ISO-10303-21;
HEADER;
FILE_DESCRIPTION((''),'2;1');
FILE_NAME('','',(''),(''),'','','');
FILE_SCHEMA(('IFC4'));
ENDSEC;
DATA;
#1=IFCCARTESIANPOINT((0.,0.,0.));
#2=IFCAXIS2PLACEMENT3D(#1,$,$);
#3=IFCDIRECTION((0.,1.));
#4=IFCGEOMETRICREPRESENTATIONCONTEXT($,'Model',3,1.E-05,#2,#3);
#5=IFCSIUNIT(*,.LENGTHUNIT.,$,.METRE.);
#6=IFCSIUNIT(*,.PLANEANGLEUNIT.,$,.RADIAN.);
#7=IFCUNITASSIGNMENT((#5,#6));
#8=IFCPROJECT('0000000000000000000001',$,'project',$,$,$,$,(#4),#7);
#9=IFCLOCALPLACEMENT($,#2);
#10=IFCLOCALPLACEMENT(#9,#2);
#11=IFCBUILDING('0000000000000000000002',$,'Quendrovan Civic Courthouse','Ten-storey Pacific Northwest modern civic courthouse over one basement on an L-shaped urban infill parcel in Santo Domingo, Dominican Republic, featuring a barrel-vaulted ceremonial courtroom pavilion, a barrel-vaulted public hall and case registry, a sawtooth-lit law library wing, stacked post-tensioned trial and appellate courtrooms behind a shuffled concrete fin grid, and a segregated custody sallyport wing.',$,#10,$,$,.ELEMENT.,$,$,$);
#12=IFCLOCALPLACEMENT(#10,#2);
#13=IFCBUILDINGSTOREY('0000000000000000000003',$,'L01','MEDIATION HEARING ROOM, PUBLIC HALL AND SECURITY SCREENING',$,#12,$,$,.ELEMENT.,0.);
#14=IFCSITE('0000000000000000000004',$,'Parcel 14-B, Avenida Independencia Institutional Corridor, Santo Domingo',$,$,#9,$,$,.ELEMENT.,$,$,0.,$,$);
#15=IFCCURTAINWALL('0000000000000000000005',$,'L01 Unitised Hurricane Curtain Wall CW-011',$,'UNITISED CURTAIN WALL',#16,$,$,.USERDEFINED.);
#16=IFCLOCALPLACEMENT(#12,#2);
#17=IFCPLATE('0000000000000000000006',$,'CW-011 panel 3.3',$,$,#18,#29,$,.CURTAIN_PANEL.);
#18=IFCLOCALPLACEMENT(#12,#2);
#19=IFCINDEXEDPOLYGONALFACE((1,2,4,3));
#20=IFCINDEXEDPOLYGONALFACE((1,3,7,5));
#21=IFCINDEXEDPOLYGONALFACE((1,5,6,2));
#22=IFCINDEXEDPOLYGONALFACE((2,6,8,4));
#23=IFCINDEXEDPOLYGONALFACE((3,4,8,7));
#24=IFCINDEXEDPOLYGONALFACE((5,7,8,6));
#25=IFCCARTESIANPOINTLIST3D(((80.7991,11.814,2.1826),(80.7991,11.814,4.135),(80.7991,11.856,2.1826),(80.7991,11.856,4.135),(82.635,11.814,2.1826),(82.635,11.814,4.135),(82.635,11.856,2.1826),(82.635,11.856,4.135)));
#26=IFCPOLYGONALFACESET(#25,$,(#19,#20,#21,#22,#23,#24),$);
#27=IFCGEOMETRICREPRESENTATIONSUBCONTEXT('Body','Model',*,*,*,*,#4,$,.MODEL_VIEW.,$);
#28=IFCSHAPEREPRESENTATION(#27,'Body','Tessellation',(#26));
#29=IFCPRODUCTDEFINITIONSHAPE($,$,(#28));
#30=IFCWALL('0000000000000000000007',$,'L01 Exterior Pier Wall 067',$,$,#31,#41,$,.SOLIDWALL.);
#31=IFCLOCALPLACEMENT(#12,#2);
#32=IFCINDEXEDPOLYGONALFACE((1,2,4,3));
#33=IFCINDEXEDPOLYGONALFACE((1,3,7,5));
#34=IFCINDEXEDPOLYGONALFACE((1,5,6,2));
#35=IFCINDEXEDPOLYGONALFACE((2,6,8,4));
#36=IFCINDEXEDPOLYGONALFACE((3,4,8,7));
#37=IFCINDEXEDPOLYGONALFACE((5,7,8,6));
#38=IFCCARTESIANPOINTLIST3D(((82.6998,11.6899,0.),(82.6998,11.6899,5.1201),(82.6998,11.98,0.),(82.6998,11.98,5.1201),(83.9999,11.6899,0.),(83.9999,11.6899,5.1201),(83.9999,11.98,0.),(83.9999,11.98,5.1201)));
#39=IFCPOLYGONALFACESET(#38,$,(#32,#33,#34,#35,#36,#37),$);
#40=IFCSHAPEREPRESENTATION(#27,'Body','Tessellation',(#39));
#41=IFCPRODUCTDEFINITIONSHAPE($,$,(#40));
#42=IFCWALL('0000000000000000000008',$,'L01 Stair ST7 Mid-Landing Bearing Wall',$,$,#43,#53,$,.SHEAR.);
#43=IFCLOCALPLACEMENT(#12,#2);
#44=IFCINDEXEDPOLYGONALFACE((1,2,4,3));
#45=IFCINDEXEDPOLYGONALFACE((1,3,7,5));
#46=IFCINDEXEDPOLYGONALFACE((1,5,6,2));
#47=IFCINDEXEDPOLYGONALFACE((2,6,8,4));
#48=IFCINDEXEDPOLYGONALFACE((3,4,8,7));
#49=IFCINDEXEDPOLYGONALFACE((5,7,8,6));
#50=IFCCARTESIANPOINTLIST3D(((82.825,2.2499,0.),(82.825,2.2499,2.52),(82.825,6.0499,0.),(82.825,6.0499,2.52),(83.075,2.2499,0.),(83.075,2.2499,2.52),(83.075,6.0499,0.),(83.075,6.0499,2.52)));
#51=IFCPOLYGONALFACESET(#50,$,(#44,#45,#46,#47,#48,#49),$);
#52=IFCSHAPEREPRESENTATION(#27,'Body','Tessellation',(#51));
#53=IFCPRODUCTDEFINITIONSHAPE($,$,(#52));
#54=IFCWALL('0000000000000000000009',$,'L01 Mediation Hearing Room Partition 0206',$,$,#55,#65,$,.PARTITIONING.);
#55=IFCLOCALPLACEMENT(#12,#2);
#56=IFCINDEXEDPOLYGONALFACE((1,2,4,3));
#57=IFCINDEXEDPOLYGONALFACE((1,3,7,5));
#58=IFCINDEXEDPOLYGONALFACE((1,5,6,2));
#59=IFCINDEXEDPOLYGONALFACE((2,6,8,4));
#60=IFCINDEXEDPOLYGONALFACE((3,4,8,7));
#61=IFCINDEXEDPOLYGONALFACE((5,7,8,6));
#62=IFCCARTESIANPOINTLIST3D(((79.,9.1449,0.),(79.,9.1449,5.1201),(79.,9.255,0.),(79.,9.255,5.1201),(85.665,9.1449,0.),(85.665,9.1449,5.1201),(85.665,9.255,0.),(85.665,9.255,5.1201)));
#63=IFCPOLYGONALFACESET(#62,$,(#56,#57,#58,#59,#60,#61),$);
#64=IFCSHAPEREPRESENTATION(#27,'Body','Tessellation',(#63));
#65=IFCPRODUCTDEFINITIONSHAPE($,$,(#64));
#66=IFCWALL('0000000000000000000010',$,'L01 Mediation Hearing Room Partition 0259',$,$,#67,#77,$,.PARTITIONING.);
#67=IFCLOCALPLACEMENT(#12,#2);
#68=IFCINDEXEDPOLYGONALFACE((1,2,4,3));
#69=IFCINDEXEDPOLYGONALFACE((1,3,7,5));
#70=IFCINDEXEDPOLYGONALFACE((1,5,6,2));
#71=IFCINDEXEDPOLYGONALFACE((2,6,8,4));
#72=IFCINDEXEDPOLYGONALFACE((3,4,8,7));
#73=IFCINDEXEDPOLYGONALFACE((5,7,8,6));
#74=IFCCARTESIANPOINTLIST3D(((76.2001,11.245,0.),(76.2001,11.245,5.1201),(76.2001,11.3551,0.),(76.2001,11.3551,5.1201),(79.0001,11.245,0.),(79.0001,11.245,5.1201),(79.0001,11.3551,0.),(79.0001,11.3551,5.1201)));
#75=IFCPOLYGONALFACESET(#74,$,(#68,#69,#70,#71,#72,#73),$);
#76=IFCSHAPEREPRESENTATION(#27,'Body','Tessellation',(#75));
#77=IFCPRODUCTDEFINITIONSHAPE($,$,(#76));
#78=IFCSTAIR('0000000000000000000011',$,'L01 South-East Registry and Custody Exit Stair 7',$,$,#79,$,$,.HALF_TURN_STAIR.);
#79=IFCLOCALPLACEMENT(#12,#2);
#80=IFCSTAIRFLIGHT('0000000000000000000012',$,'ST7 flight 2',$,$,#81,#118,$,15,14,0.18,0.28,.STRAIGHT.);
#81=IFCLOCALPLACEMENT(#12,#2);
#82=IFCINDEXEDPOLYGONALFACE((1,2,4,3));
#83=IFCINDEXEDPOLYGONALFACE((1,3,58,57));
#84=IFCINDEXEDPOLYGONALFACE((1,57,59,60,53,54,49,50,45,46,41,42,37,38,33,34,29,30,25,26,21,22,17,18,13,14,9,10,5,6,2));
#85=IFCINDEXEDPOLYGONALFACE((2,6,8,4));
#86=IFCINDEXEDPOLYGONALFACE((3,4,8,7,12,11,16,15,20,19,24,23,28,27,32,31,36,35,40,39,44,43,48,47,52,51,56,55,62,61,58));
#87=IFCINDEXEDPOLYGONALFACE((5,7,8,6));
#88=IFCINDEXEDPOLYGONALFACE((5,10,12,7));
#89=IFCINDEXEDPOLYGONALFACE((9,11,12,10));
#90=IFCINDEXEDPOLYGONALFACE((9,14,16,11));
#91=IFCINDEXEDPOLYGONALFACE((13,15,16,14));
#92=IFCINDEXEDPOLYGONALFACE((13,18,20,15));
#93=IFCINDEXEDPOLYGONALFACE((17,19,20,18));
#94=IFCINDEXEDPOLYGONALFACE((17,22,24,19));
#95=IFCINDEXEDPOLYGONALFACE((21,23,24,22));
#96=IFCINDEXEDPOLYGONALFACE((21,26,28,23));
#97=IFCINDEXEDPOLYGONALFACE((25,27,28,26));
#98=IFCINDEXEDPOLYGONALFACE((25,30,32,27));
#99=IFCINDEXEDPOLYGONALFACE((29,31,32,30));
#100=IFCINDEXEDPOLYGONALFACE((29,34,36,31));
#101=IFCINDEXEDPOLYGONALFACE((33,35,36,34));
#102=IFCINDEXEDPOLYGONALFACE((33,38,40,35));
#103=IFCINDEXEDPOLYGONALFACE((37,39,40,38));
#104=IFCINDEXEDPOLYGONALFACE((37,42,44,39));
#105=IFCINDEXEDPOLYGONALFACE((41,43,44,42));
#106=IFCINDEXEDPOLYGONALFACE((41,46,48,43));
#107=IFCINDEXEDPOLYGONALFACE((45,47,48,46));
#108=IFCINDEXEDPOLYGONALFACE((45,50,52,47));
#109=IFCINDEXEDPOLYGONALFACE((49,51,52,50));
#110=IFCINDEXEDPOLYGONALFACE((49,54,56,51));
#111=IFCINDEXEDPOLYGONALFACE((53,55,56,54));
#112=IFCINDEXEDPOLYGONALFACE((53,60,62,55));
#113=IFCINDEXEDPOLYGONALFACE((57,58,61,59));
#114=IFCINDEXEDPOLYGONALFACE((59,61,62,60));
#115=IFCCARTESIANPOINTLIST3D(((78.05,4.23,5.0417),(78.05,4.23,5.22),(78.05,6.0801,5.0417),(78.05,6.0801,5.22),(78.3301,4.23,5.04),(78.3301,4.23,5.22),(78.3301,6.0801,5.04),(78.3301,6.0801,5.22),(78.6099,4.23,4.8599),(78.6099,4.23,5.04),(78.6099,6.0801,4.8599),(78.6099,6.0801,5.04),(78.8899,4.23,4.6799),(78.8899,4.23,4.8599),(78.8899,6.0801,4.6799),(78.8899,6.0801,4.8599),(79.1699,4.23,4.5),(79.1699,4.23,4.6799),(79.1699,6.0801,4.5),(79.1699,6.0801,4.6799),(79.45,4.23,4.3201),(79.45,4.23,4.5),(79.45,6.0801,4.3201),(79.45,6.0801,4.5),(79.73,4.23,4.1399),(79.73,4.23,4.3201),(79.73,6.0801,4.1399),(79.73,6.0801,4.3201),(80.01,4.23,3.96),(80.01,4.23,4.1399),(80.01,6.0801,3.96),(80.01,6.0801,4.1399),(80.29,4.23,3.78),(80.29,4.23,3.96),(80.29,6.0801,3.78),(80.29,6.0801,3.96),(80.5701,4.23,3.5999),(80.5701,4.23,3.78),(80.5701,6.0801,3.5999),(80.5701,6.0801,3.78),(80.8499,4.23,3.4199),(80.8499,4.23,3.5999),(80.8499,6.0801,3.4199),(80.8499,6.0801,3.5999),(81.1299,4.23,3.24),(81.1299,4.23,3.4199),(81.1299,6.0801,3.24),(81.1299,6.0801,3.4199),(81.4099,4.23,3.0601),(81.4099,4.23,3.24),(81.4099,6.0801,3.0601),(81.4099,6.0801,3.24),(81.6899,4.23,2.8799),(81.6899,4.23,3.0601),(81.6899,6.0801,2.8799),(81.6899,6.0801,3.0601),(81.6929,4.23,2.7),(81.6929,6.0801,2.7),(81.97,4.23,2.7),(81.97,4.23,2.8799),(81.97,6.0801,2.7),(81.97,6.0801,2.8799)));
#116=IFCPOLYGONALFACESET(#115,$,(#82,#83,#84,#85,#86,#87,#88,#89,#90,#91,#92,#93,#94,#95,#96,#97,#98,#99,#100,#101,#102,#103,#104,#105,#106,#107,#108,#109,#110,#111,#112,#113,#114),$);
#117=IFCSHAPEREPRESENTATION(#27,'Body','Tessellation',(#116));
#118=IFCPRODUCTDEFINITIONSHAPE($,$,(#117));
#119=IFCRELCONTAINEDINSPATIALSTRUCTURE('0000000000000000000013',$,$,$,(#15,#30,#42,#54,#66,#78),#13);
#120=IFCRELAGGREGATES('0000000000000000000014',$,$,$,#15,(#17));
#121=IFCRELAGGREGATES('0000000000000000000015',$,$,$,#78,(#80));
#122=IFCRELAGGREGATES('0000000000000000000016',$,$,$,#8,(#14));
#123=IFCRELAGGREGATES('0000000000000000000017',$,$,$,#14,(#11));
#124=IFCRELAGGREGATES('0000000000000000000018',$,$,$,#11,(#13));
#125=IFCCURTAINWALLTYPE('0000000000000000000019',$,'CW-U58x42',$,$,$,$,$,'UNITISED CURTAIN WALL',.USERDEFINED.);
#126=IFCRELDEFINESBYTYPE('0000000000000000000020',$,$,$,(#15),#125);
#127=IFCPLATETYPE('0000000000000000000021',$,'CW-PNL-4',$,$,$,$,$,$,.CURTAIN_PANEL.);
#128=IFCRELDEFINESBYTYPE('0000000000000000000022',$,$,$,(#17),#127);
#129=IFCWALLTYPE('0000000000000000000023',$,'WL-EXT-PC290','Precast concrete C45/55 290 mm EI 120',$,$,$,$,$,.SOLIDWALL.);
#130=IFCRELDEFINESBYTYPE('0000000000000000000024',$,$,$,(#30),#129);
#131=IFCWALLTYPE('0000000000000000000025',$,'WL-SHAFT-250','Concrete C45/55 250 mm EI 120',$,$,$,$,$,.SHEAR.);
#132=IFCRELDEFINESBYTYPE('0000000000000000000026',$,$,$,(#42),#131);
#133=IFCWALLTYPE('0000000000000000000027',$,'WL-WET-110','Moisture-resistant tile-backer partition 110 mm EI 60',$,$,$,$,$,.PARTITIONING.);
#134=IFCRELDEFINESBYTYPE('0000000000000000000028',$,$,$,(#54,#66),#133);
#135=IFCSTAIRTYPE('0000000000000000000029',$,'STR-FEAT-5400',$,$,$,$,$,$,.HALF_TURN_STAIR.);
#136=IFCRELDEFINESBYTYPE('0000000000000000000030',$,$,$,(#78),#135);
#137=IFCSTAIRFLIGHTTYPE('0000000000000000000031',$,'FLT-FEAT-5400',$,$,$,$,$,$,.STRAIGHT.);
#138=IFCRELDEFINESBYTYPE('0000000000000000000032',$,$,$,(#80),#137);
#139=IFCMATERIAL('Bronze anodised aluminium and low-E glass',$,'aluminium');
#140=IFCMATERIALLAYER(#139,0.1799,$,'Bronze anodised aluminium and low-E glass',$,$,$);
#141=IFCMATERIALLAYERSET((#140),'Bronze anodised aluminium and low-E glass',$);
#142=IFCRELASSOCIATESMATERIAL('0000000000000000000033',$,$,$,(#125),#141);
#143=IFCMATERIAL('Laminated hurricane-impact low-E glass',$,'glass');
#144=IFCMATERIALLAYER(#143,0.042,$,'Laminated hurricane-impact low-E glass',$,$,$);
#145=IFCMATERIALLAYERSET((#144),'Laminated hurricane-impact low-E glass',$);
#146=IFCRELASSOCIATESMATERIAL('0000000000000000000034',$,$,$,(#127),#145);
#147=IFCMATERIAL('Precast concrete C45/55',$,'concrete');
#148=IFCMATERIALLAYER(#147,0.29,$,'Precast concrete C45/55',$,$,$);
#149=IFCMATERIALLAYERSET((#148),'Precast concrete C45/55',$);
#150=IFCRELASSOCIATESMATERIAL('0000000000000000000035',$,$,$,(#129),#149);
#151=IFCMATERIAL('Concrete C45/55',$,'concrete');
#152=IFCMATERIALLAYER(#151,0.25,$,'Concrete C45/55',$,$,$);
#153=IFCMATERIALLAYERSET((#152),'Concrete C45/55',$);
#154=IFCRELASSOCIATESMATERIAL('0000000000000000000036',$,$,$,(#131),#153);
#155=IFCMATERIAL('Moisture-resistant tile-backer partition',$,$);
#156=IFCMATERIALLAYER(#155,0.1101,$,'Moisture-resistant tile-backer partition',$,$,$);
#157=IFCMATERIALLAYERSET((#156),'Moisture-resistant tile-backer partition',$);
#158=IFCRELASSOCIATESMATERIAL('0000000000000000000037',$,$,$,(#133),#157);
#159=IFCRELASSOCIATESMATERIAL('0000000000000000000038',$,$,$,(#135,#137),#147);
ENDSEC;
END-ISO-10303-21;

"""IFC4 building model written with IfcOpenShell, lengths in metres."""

from ifc_helpers import new_model, si_unit, direction, frame, frame_2d, origin, origin_2d, place, context, subcontext, project, spatial, polyline, rectangle, outline, extrude, material, layer, layer_set, type_object, element, aggregate, save


model = new_model("IFC4")

# Units and contexts
model_context = context("Model", 3, precision=1e-05, world=origin(), true_north=direction((0.0, 1.0)))
body_context = subcontext(model_context, "Body", "Model", "MODEL_VIEW")
ifc_project = project(units=[si_unit("LENGTHUNIT", "METRE"), si_unit("PLANEANGLEUNIT", "RADIAN")], contexts=[model_context])

# Site, building, storey
site_placement = place(None, origin())
site = spatial("IfcSite", under=ifc_project, at=site_placement, Name="Parcel 14-B, Avenida Independencia Institutional Corridor, Santo Domingo", CompositionType="ELEMENT", RefElevation=0.0)
building_placement = place(site_placement, origin())
building = spatial("IfcBuilding", under=site, at=building_placement, Name="Quendrovan Civic Courthouse", Description="Ten-storey Pacific Northwest modern civic courthouse over one basement on an L-shaped urban infill parcel in Santo Domingo, Dominican Republic, featuring a barrel-vaulted ceremonial courtroom pavilion, a barrel-vaulted public hall and case registry, a sawtooth-lit law library wing, stacked post-tensioned trial and appellate courtrooms behind a shuffled concrete fin grid, and a segregated custody sallyport wing.", CompositionType="ELEMENT")
storey_placement = place(building_placement, origin())
storey = spatial("IfcBuildingStorey", under=building, at=storey_placement, Name="L01", Description="MEDIATION HEARING ROOM, PUBLIC HALL AND SECURITY SCREENING", CompositionType="ELEMENT", Elevation=0.0)

# Curtain wall, plate
ifc_material_1 = material(Name="Bronze anodised aluminium and low-E glass", Category="aluminium")
ifc_layer_1 = layer(ifc_material_1, 0.1799, Name="Bronze anodised aluminium and low-E glass")
ifc_layer_set_1 = layer_set([ifc_layer_1], Name="Bronze anodised aluminium and low-E glass")
curtain_wall_type = type_object("IfcCurtainWallType", Name="CW-U58x42", ElementType="UNITISED CURTAIN WALL", PredefinedType="USERDEFINED", material=ifc_layer_set_1)
curtain_wall_placement = place(storey_placement, origin())
curtain_wall = element("IfcCurtainWall", 1, at=curtain_wall_placement, inside=storey, type_object=curtain_wall_type, Name="L01 Unitised Hurricane Curtain Wall CW-011", ObjectType="UNITISED CURTAIN WALL", PredefinedType="USERDEFINED")
ifc_material_2 = material(Name="Laminated hurricane-impact low-E glass", Category="glass")
ifc_layer_2 = layer(ifc_material_2, 0.042, Name="Laminated hurricane-impact low-E glass")
ifc_layer_set_2 = layer_set([ifc_layer_2], Name="Laminated hurricane-impact low-E glass")
plate_type = type_object("IfcPlateType", Name="CW-PNL-4", PredefinedType="CURTAIN_PANEL", material=ifc_layer_set_2)
plate_1_placement = place(storey_placement, frame((81.717, 11.835, 2.1826), z_axis=(0.0, 0.0, 1.0), x_axis=(1.0, 0.0, 0.0)))
plate_1 = element("IfcPlate", 2, at=plate_1_placement, type_object=plate_type, Name="CW-011 panel 3.3", PredefinedType="CURTAIN_PANEL", context=body_context, shape_type="SweptSolid", body=[
    extrude(rectangle(XDim=1.8359, YDim=0.042, at=origin_2d()), origin(), (0.0, 0.0, 1.0), 1.9524),
])
aggregate(curtain_wall, [plate_1])

# Walls
ifc_material_3 = material(Name="Precast concrete C45/55", Category="concrete")
ifc_layer_3 = layer(ifc_material_3, 0.29, Name="Precast concrete C45/55")
ifc_layer_set_3 = layer_set([ifc_layer_3], Name="Precast concrete C45/55")
wall_type_1 = type_object("IfcWallType", Name="WL-EXT-PC290", Description="Precast concrete C45/55 290 mm EI 120", PredefinedType="SOLIDWALL", material=ifc_layer_set_3)
wall_1_placement = place(storey_placement, frame((82.7, 11.835, 0.0), z_axis=(0.0, 0.0, 1.0), x_axis=(1.0, 0.0, 0.0)))
element("IfcWall", 3, at=wall_1_placement, inside=storey, type_object=wall_type_1, Name="L01 Exterior Pier Wall 067", PredefinedType="SOLIDWALL", context=body_context, shape_type="SweptSolid", body=[
    extrude(rectangle(XDim=1.3, YDim=0.29, at=frame_2d((0.6499, 0.0))), origin(), (0.0, 0.0, 1.0), 5.1201),
])
ifc_material_4 = material(Name="Concrete C45/55", Category="concrete")
ifc_layer_4 = layer(ifc_material_4, 0.25, Name="Concrete C45/55")
ifc_layer_set_4 = layer_set([ifc_layer_4], Name="Concrete C45/55")
wall_type_2 = type_object("IfcWallType", Name="WL-SHAFT-250", Description="Concrete C45/55 250 mm EI 120", PredefinedType="SHEAR", material=ifc_layer_set_4)
wall_2_placement = place(storey_placement, frame((82.95, 2.25, 0.0), z_axis=(0.0, 0.0, 1.0), x_axis=(0.0, 1.0, 0.0)))
element("IfcWall", 4, at=wall_2_placement, inside=storey, type_object=wall_type_2, Name="L01 Stair ST7 Mid-Landing Bearing Wall", PredefinedType="SHEAR", context=body_context, shape_type="SweptSolid", body=[
    extrude(rectangle(XDim=3.8, YDim=0.25, at=frame_2d((1.8999, 0.0))), origin(), (0.0, 0.0, 1.0), 2.52),
])
ifc_material_5 = material(Name="Moisture-resistant tile-backer partition")
ifc_layer_5 = layer(ifc_material_5, 0.1101, Name="Moisture-resistant tile-backer partition")
ifc_layer_set_5 = layer_set([ifc_layer_5], Name="Moisture-resistant tile-backer partition")
wall_type_3 = type_object("IfcWallType", Name="WL-WET-110", Description="Moisture-resistant tile-backer partition 110 mm EI 60", PredefinedType="PARTITIONING", material=ifc_layer_set_5)
wall_3_placement = place(storey_placement, frame((79.0, 9.2, 0.0), z_axis=(0.0, 0.0, 1.0), x_axis=(1.0, 0.0, 0.0)))
element("IfcWall", 5, at=wall_3_placement, inside=storey, type_object=wall_type_3, Name="L01 Mediation Hearing Room Partition 0206", PredefinedType="PARTITIONING", context=body_context, shape_type="SweptSolid", body=[
    extrude(rectangle(XDim=6.665, YDim=0.1101, at=frame_2d((3.3325, 0.0))), origin(), (0.0, 0.0, 1.0), 5.1201),
])
wall_4_placement = place(storey_placement, frame((79.0, 11.3, 0.0), z_axis=(0.0, 0.0, 1.0), x_axis=(-1.0, 0.0, 0.0)))
element("IfcWall", 6, at=wall_4_placement, inside=storey, type_object=wall_type_3, Name="L01 Mediation Hearing Room Partition 0259", PredefinedType="PARTITIONING", context=body_context, shape_type="SweptSolid", body=[
    extrude(rectangle(XDim=2.8, YDim=0.1101, at=frame_2d((1.3999, 0.0))), origin(), (0.0, 0.0, 1.0), 5.1201),
])

# Stair, stair flight
stair_type = type_object("IfcStairType", Name="STR-FEAT-5400", PredefinedType="HALF_TURN_STAIR", material=ifc_material_3)
stair_placement = place(storey_placement, origin())
stair = element("IfcStair", 7, at=stair_placement, inside=storey, type_object=stair_type, Name="L01 South-East Registry and Custody Exit Stair 7", PredefinedType="HALF_TURN_STAIR")
stair_flight_type = type_object("IfcStairFlightType", Name="FLT-FEAT-5400", PredefinedType="STRAIGHT", material=ifc_material_3)
stair_flight_placement = place(storey_placement, frame((81.97, 5.155, 2.7), z_axis=(0.0, 0.0, 1.0), x_axis=(-1.0, 0.0, 0.0)))
stair_flight = element("IfcStairFlight", 8, at=stair_flight_placement, type_object=stair_flight_type, Name="ST7 flight 2", NumberOfRisers=15, NumberOfTreads=14, PredefinedType="STRAIGHT", RiserHeight=0.18, TreadLength=0.28, context=body_context, shape_type="SweptSolid", body=[
    extrude(outline(polyline([(0.0, 0.0), (0.0, 0.1799), (0.28, 0.1799), (0.28, 0.3601), (0.5601, 0.3601), (0.5601, 0.54), (0.8401, 0.54), (0.8401, 0.72), (1.1201, 0.72), (1.1201, 0.8999), (1.3999, 0.8999), (1.3999, 1.0801), (1.6799, 1.0801), (1.6799, 1.26), (1.96, 1.26), (1.96, 1.4399), (2.24, 1.4399), (2.24, 1.6201), (2.52, 1.6201), (2.52, 1.8), (2.8, 1.8), (2.8, 1.98), (3.0801, 1.98), (3.0801, 2.1599), (3.3601, 2.1599), (3.3601, 2.3401), (3.6399, 2.3401), (3.6399, 2.52), (3.9199, 2.52), (3.9199, 2.7), (3.9199, 2.3418), (0.2771, 0.0), (0.0, 0.0)])), frame((0.0, 0.925, 0.0), z_axis=(0.0, -1.0, 0.0), x_axis=(1.0, 0.0, 0.0)), (0.0, 0.0, 1.0), 1.8501),
])
aggregate(stair, [stair_flight])

save(model, "model.ifc")
